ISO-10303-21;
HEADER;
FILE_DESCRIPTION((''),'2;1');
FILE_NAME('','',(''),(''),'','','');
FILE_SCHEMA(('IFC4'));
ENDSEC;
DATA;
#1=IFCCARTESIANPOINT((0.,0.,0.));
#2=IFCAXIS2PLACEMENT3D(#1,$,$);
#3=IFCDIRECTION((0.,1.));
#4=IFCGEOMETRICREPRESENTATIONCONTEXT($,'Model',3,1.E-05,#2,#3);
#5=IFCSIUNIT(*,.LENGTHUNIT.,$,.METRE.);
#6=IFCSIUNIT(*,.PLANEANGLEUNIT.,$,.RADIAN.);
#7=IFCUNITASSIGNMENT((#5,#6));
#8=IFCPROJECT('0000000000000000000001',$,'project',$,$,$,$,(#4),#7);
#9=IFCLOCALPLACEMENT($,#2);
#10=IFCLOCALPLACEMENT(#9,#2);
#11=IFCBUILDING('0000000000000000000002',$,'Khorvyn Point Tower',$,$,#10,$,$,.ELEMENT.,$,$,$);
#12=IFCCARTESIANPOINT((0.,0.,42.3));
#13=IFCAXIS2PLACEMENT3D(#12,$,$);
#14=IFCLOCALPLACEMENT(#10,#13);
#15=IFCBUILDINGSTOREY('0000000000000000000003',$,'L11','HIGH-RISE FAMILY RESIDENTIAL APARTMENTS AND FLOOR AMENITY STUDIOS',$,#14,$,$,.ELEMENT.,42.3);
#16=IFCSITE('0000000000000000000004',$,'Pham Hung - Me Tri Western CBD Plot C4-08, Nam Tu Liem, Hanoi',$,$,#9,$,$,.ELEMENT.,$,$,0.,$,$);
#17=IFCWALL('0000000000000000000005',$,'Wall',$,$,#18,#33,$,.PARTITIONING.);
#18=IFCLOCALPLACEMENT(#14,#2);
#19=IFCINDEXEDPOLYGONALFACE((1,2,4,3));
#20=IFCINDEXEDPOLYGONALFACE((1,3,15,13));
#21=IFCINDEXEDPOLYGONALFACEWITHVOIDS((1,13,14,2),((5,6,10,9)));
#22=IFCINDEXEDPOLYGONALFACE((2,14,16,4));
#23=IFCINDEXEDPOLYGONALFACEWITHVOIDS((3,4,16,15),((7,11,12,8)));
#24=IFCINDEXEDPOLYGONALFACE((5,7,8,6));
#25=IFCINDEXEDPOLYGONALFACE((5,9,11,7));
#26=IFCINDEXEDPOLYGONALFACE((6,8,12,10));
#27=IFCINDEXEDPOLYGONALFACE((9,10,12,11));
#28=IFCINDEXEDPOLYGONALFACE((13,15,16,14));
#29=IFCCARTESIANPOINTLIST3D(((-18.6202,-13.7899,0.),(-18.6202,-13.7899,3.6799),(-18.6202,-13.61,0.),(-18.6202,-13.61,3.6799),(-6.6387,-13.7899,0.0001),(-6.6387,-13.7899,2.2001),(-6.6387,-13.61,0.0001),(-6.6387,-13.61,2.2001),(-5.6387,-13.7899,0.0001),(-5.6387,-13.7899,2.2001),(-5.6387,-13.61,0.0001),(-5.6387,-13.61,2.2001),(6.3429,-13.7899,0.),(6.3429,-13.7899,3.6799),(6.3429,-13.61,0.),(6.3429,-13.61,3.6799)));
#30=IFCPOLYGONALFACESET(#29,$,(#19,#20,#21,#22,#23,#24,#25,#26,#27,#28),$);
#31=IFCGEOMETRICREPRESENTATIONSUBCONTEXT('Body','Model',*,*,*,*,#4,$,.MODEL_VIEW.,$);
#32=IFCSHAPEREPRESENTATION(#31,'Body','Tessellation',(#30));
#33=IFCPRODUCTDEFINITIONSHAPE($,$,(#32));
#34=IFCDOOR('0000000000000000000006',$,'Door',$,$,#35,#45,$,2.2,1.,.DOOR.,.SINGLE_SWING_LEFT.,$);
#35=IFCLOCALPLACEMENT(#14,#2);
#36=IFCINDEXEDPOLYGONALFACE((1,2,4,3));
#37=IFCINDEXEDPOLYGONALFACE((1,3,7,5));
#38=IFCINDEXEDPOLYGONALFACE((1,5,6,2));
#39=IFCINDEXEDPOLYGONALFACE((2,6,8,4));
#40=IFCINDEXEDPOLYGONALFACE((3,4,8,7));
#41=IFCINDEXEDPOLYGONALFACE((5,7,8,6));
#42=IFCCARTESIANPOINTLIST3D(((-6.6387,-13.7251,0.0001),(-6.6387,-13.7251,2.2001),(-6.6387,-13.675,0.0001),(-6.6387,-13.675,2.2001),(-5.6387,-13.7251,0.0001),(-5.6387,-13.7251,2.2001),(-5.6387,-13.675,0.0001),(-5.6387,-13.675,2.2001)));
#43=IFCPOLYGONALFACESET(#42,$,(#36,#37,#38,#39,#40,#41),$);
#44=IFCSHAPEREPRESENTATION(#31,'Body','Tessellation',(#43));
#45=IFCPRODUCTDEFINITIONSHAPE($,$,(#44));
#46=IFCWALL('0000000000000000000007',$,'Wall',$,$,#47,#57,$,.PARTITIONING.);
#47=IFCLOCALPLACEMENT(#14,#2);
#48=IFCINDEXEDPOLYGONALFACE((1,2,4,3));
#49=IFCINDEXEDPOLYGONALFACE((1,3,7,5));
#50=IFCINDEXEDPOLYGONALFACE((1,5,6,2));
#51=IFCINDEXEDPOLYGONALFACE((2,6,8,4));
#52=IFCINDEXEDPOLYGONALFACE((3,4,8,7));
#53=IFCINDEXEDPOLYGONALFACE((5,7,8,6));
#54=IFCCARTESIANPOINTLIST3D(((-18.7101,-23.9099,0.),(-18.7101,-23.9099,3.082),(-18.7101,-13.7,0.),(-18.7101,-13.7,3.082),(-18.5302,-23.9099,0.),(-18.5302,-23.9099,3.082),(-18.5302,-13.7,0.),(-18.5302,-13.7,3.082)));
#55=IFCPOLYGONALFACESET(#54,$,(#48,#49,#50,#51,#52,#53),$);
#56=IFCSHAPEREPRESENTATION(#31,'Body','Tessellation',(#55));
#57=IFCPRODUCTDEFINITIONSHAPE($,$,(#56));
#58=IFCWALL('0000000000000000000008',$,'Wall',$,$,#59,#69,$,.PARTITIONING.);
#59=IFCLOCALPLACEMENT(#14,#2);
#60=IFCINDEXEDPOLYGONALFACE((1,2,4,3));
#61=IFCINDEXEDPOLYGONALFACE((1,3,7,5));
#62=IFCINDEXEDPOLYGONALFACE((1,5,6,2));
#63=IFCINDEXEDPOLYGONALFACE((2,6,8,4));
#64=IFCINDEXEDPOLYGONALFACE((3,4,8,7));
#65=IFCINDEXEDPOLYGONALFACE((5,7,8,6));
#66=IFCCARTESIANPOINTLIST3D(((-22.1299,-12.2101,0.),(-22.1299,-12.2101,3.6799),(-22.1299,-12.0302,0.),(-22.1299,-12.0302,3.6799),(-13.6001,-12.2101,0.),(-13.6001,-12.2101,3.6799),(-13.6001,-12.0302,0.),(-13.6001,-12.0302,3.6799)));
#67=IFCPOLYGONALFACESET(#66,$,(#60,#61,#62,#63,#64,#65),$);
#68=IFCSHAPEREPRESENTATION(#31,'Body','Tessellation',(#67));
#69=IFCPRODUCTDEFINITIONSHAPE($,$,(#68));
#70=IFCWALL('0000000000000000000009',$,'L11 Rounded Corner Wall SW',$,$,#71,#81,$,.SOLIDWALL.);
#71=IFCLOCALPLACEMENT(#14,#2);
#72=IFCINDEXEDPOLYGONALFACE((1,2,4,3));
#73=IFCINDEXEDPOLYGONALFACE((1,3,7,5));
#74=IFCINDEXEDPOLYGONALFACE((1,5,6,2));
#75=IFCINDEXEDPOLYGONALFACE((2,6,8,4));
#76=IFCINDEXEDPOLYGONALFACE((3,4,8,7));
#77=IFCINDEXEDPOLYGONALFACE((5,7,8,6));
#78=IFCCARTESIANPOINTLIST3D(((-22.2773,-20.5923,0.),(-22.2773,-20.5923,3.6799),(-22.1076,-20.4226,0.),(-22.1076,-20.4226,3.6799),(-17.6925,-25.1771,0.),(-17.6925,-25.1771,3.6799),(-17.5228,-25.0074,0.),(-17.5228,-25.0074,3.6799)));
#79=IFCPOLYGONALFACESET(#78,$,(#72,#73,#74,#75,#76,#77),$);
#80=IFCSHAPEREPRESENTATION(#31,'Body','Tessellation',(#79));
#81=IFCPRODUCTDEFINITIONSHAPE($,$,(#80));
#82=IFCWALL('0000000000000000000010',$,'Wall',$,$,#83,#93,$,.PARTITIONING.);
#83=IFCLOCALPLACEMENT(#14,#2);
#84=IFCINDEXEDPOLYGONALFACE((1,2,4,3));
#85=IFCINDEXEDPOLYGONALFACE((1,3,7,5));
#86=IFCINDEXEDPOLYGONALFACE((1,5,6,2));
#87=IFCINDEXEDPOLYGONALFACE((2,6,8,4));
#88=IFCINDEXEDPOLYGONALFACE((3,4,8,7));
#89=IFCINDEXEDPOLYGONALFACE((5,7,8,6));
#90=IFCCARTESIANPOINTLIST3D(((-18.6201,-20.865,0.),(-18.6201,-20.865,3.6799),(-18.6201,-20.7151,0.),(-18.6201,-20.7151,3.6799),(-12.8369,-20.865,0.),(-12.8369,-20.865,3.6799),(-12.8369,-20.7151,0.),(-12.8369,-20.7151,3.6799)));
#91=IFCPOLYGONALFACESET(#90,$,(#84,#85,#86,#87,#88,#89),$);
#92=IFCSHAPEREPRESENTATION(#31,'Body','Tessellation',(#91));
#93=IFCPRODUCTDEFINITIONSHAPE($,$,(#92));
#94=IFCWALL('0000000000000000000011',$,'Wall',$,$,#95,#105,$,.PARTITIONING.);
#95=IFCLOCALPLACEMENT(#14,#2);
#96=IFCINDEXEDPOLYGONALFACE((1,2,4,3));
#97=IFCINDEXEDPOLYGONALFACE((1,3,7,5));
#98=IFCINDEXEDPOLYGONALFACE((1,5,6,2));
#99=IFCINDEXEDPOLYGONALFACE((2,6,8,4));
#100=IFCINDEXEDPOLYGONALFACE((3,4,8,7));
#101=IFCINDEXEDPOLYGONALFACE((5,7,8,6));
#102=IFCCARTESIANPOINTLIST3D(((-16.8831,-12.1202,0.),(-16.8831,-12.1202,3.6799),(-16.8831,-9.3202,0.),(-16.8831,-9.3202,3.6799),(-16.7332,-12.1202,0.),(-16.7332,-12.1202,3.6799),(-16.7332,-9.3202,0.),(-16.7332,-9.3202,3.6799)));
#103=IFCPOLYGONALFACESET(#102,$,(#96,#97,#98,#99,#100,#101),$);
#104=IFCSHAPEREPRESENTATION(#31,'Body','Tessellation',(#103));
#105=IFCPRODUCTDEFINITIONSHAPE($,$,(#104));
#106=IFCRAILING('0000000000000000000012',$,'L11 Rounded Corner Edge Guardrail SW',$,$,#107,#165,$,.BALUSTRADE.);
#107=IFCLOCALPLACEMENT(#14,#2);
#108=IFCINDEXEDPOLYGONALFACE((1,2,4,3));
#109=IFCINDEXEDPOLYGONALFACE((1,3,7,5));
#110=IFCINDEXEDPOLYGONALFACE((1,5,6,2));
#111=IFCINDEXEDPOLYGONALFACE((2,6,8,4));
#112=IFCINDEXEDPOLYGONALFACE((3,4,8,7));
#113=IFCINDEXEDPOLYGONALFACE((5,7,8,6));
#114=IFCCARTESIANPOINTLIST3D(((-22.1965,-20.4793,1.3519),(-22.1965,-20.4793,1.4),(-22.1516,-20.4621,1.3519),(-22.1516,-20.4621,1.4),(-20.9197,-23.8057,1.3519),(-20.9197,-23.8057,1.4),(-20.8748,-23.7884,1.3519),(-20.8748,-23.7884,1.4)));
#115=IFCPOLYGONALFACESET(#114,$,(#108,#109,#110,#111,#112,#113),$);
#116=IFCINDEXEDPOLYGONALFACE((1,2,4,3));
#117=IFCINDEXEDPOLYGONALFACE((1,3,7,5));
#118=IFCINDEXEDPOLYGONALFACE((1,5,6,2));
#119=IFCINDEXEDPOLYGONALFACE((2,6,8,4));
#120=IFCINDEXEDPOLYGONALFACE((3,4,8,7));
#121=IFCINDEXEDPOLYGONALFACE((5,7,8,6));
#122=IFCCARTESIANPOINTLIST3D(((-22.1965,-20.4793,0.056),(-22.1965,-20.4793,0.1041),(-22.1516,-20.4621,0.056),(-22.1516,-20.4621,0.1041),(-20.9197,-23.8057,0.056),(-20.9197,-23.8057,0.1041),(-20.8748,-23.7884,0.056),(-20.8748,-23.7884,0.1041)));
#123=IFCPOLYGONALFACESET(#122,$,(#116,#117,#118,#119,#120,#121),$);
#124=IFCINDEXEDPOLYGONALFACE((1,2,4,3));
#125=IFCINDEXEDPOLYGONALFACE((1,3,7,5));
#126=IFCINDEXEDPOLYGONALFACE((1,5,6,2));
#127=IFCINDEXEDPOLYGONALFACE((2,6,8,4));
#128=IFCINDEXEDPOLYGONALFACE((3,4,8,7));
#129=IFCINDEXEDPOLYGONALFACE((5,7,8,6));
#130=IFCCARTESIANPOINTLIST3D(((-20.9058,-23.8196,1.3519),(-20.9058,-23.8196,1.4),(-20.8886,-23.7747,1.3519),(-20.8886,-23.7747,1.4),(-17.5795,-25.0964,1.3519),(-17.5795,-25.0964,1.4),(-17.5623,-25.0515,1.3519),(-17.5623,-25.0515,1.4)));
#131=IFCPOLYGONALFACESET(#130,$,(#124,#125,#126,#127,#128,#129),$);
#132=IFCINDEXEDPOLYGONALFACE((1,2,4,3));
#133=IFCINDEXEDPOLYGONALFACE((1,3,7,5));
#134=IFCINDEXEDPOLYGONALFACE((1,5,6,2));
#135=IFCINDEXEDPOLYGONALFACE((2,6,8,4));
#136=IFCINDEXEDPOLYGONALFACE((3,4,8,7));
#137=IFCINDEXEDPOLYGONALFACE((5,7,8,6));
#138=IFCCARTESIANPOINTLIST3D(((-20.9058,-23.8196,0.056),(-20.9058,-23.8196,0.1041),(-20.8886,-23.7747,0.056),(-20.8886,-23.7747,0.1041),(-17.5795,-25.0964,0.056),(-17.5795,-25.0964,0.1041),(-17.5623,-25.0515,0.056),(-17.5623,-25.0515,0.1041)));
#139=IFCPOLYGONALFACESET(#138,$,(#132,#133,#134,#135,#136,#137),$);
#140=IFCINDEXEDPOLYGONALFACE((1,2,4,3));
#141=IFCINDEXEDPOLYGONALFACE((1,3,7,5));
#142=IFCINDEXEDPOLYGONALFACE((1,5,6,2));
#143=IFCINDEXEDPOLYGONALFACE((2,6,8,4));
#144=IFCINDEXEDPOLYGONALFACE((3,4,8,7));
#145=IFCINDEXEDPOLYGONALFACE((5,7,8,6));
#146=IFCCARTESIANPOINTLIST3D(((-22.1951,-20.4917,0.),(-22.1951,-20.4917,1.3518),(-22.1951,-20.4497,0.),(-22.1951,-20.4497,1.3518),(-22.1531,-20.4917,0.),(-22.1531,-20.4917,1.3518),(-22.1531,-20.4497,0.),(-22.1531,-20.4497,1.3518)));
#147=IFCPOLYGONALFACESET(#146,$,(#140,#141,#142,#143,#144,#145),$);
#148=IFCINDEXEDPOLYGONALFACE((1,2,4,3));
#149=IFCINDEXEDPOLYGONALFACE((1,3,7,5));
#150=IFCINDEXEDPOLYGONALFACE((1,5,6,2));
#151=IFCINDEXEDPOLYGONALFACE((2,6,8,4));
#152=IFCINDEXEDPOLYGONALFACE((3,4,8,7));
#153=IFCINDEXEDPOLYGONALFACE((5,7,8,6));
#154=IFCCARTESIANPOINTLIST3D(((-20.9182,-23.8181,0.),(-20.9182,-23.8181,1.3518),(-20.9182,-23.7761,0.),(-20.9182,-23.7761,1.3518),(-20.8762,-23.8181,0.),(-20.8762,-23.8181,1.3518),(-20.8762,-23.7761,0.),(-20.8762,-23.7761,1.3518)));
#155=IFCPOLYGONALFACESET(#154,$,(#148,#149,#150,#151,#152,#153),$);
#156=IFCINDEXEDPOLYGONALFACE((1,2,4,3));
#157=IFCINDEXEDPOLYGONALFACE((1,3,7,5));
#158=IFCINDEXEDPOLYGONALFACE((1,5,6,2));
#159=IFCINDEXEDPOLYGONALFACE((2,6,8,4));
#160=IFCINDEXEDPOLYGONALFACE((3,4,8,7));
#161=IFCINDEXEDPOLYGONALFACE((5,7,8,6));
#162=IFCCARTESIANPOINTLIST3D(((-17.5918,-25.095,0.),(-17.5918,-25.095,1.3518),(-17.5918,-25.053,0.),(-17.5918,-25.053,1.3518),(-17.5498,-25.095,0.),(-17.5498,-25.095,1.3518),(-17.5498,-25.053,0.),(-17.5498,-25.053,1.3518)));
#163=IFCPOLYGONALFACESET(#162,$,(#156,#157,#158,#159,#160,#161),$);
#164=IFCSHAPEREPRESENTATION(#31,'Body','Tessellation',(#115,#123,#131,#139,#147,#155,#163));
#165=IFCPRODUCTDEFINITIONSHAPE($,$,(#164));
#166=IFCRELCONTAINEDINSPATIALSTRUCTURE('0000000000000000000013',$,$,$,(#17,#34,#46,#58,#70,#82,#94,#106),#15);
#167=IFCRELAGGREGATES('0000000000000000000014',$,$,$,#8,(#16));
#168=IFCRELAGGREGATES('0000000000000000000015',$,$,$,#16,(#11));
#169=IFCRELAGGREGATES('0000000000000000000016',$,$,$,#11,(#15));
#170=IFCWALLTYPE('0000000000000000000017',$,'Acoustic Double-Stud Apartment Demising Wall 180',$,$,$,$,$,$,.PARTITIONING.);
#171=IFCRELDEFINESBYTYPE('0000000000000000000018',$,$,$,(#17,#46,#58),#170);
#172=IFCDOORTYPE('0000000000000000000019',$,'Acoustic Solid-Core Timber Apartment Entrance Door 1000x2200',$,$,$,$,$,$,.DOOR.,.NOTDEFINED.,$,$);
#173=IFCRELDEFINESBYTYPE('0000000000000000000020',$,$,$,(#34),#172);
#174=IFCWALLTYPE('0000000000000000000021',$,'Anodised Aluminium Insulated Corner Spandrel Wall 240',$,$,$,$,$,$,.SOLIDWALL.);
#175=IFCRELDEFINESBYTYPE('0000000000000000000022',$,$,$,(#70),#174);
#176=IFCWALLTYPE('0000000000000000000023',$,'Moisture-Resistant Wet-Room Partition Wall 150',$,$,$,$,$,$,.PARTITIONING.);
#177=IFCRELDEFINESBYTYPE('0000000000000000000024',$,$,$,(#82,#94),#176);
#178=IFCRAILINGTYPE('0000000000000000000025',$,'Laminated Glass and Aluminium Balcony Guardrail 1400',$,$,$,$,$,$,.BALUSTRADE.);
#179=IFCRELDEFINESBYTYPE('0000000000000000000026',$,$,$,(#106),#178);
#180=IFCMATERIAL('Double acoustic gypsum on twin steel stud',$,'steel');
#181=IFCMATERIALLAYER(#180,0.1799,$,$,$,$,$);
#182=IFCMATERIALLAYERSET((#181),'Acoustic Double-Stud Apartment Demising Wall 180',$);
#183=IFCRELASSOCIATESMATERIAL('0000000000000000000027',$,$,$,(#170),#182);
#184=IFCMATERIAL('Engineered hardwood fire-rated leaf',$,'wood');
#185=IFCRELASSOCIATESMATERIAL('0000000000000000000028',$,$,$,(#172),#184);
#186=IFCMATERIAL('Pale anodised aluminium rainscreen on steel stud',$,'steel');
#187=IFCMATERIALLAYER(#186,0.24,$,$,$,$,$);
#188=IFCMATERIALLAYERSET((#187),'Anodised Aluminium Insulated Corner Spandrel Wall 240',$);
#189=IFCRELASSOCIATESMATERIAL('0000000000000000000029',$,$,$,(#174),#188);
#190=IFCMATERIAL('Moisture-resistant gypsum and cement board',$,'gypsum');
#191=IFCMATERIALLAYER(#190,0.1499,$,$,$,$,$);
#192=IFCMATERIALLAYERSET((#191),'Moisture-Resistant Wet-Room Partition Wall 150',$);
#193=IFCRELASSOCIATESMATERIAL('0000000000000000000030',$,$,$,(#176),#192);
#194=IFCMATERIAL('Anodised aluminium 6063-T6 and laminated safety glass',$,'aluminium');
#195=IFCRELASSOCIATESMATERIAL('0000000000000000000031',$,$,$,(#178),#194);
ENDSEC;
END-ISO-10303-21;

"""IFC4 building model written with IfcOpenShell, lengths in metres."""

from ifc_helpers import new_model, si_unit, direction, frame, frame_2d, origin, origin_2d, place, context, subcontext, project, spatial, rectangle, extrude, material, layer, layer_set, type_object, element, fill, save


model = new_model("IFC4")

# Units and contexts
model_context = context("Model", 3, precision=1e-05, world=origin(), true_north=direction((0.0, 1.0)))
body_context = subcontext(model_context, "Body", "Model", "MODEL_VIEW")
ifc_project = project(units=[si_unit("LENGTHUNIT", "METRE"), si_unit("PLANEANGLEUNIT", "RADIAN")], contexts=[model_context])

# Site, building, storey
site_placement = place(None, origin())
site = spatial("IfcSite", under=ifc_project, at=site_placement, Name="Pham Hung - Me Tri Western CBD Plot C4-08, Nam Tu Liem, Hanoi", CompositionType="ELEMENT", RefElevation=0.0)
building_placement = place(site_placement, origin())
building = spatial("IfcBuilding", under=site, at=building_placement, Name="Khorvyn Point Tower", CompositionType="ELEMENT")
storey_placement = place(building_placement, frame((0.0, 0.0, 42.3)))
storey = spatial("IfcBuildingStorey", under=building, at=storey_placement, Name="L11", Description="HIGH-RISE FAMILY RESIDENTIAL APARTMENTS AND FLOOR AMENITY STUDIOS", CompositionType="ELEMENT", Elevation=42.3)

# Wall, opening, door
ifc_material_1 = material(Name="Double acoustic gypsum on twin steel stud", Category="steel")
ifc_layer_1 = layer(ifc_material_1, 0.1799)
ifc_layer_set_1 = layer_set([ifc_layer_1], Name="Acoustic Double-Stud Apartment Demising Wall 180")
wall_type_1 = type_object("IfcWallType", Name="Acoustic Double-Stud Apartment Demising Wall 180", PredefinedType="PARTITIONING", material=ifc_layer_set_1)
wall_1_placement = place(storey_placement, frame((-18.6201, -13.7, 0.0), z_axis=(0.0, 0.0, 1.0), x_axis=(1.0, 0.0, 0.0)))
wall_1 = element("IfcWall", 1, at=wall_1_placement, inside=storey, type_object=wall_type_1, Name="Wall", PredefinedType="PARTITIONING", context=body_context, shape_type="SweptSolid", body=[
    extrude(rectangle(XDim=24.9631, YDim=0.1799, at=frame_2d((12.4814, 0.0))), origin(), (0.0, 0.0, 1.0), 3.6799),
])
opening_placement = place(wall_1_placement, frame((11.9814, 0.0, 0.0)))
opening = element("IfcOpeningElement", 2, at=opening_placement, cuts=wall_1, PredefinedType="OPENING", context=body_context, shape_type="SweptSolid", body=[
    extrude(rectangle(XDim=1.0, YDim=2.2, at=frame_2d((0.5, 1.1001))), frame((0.0, 0.0999, 0.0), z_axis=(0.0, -1.0, 0.0), x_axis=(1.0, 0.0, 0.0)), (0.0, 0.0, 1.0), 0.2),
])
ifc_material_2 = material(Name="Engineered hardwood fire-rated leaf", Category="wood")
door_type = type_object("IfcDoorType", Name="Acoustic Solid-Core Timber Apartment Entrance Door 1000x2200", OperationType="NOTDEFINED", PredefinedType="DOOR", material=ifc_material_2)
door_placement = place(opening_placement, origin())
door = element("IfcDoor", 3, at=door_placement, inside=storey, type_object=door_type, Name="Door", OperationType="SINGLE_SWING_LEFT", OverallHeight=2.2, OverallWidth=1.0, PredefinedType="DOOR", context=body_context, shape_type="SweptSolid", body=[
    extrude(rectangle(XDim=1.0, YDim=2.2, at=frame_2d((0.5, 1.1001))), frame((0.0, 0.0249, 0.0), z_axis=(0.0, -1.0, 0.0), x_axis=(1.0, 0.0, 0.0)), (0.0, 0.0, 1.0), 0.05),
])
fill(opening, door)

# Walls
wall_2_placement = place(storey_placement, frame((-18.6201, -23.9099, 0.0), z_axis=(0.0, 0.0, 1.0), x_axis=(0.0, 1.0, 0.0)))
element("IfcWall", 4, at=wall_2_placement, inside=storey, type_object=wall_type_1, Name="Wall", PredefinedType="PARTITIONING", context=body_context, shape_type="SweptSolid", body=[
    extrude(rectangle(XDim=10.21, YDim=0.1799, at=frame_2d((5.105, 0.0))), origin(), (0.0, 0.0, 1.0), 3.082),
])
wall_3_placement = place(storey_placement, frame((-22.1299, -12.1201, 0.0), z_axis=(0.0, 0.0, 1.0), x_axis=(1.0, 0.0, 0.0)))
element("IfcWall", 5, at=wall_3_placement, inside=storey, type_object=wall_type_1, Name="Wall", PredefinedType="PARTITIONING", context=body_context, shape_type="SweptSolid", body=[
    extrude(rectangle(XDim=8.5298, YDim=0.1799, at=frame_2d((4.2649, 0.0))), origin(), (0.0, 0.0, 1.0), 3.6799),
])
ifc_material_3 = material(Name="Pale anodised aluminium rainscreen on steel stud", Category="steel")
ifc_layer_2 = layer(ifc_material_3, 0.24)
ifc_layer_set_2 = layer_set([ifc_layer_2], Name="Anodised Aluminium Insulated Corner Spandrel Wall 240")
wall_type_2 = type_object("IfcWallType", Name="Anodised Aluminium Insulated Corner Spandrel Wall 240", PredefinedType="SOLIDWALL", material=ifc_layer_set_2)
wall_4_placement = place(storey_placement, frame((-17.6077, -25.0923, 0.0), z_axis=(0.0, 0.0, 1.0), x_axis=(-0.707107, 0.707107, 0.0)))
element("IfcWall", 6, at=wall_4_placement, inside=storey, type_object=wall_type_2, Name="L11 Rounded Corner Wall SW", PredefinedType="SOLIDWALL", context=body_context, shape_type="SweptSolid", body=[
    extrude(rectangle(XDim=6.4839, YDim=0.24, at=frame_2d((3.2419, 0.0))), origin(), (0.0, 0.0, 1.0), 3.6799),
])
ifc_material_4 = material(Name="Moisture-resistant gypsum and cement board", Category="gypsum")
ifc_layer_3 = layer(ifc_material_4, 0.1499)
ifc_layer_set_3 = layer_set([ifc_layer_3], Name="Moisture-Resistant Wet-Room Partition Wall 150")
wall_type_3 = type_object("IfcWallType", Name="Moisture-Resistant Wet-Room Partition Wall 150", PredefinedType="PARTITIONING", material=ifc_layer_set_3)
wall_5_placement = place(storey_placement, frame((-18.6201, -20.79, 0.0), z_axis=(0.0, 0.0, 1.0), x_axis=(1.0, 0.0, 0.0)))
element("IfcWall", 7, at=wall_5_placement, inside=storey, type_object=wall_type_3, Name="Wall", PredefinedType="PARTITIONING", context=body_context, shape_type="SweptSolid", body=[
    extrude(rectangle(XDim=5.7832, YDim=0.1499, at=frame_2d((2.8916, 0.0))), origin(), (0.0, 0.0, 1.0), 3.6799),
])
wall_6_placement = place(storey_placement, frame((-16.8081, -12.1201, 0.0), z_axis=(0.0, 0.0, 1.0), x_axis=(0.0, 1.0, 0.0)))
element("IfcWall", 8, at=wall_6_placement, inside=storey, type_object=wall_type_3, Name="Wall", PredefinedType="PARTITIONING", context=body_context, shape_type="SweptSolid", body=[
    extrude(rectangle(XDim=2.8, YDim=0.1499, at=frame_2d((1.3999, 0.0))), origin(), (0.0, 0.0, 1.0), 3.6799),
])

# Railing
ifc_material_5 = material(Name="Anodised aluminium 6063-T6 and laminated safety glass", Category="aluminium")
railing_type = type_object("IfcRailingType", Name="Laminated Glass and Aluminium Balcony Guardrail 1400", PredefinedType="BALUSTRADE", material=ifc_material_5)
railing_placement = place(storey_placement, frame((-22.1741, -20.4707, 0.0)))
element("IfcRailing", 9, at=railing_placement, inside=storey, type_object=railing_type, Name="L11 Rounded Corner Edge Guardrail SW", PredefinedType="BALUSTRADE", context=body_context, shape_type="SweptSolid", body=[
    extrude(rectangle(XDim=0.0481, YDim=0.0481, at=origin_2d()), frame((0.0, 0.0, 1.376), z_axis=(0.358359, -0.933584, 0.0), x_axis=(0.933584, 0.358359, 0.0)), (0.0, 0.0, 1.0), 3.563),
    extrude(rectangle(XDim=0.0481, YDim=0.0481, at=origin_2d()), frame((0.0, 0.0, 0.0801), z_axis=(0.358359, -0.933584, 0.0), x_axis=(0.933584, 0.358359, 0.0)), (0.0, 0.0, 1.0), 3.563),
    extrude(rectangle(XDim=0.0481, YDim=0.0481, at=origin_2d()), frame((1.2769, -3.3264, 1.376), z_axis=(0.933584, -0.358359, 0.0), x_axis=(0.358359, 0.933584, 0.0)), (0.0, 0.0, 1.0), 3.563),
    extrude(rectangle(XDim=0.0481, YDim=0.0481, at=origin_2d()), frame((1.2769, -3.3264, 0.0801), z_axis=(0.933584, -0.358359, 0.0), x_axis=(0.358359, 0.933584, 0.0)), (0.0, 0.0, 1.0), 3.563),
    extrude(rectangle(XDim=0.042, YDim=0.042, at=origin_2d()), origin(), (0.0, 0.0, 1.0), 1.3518),
    extrude(rectangle(XDim=0.042, YDim=0.042, at=origin_2d()), frame((1.2769, -3.3264, 0.0)), (0.0, 0.0, 1.0), 1.3518),
    extrude(rectangle(XDim=0.042, YDim=0.042, at=origin_2d()), frame((4.6033, -4.6033, 0.0)), (0.0, 0.0, 1.0), 1.3518),
])

save(model, "model.ifc")
